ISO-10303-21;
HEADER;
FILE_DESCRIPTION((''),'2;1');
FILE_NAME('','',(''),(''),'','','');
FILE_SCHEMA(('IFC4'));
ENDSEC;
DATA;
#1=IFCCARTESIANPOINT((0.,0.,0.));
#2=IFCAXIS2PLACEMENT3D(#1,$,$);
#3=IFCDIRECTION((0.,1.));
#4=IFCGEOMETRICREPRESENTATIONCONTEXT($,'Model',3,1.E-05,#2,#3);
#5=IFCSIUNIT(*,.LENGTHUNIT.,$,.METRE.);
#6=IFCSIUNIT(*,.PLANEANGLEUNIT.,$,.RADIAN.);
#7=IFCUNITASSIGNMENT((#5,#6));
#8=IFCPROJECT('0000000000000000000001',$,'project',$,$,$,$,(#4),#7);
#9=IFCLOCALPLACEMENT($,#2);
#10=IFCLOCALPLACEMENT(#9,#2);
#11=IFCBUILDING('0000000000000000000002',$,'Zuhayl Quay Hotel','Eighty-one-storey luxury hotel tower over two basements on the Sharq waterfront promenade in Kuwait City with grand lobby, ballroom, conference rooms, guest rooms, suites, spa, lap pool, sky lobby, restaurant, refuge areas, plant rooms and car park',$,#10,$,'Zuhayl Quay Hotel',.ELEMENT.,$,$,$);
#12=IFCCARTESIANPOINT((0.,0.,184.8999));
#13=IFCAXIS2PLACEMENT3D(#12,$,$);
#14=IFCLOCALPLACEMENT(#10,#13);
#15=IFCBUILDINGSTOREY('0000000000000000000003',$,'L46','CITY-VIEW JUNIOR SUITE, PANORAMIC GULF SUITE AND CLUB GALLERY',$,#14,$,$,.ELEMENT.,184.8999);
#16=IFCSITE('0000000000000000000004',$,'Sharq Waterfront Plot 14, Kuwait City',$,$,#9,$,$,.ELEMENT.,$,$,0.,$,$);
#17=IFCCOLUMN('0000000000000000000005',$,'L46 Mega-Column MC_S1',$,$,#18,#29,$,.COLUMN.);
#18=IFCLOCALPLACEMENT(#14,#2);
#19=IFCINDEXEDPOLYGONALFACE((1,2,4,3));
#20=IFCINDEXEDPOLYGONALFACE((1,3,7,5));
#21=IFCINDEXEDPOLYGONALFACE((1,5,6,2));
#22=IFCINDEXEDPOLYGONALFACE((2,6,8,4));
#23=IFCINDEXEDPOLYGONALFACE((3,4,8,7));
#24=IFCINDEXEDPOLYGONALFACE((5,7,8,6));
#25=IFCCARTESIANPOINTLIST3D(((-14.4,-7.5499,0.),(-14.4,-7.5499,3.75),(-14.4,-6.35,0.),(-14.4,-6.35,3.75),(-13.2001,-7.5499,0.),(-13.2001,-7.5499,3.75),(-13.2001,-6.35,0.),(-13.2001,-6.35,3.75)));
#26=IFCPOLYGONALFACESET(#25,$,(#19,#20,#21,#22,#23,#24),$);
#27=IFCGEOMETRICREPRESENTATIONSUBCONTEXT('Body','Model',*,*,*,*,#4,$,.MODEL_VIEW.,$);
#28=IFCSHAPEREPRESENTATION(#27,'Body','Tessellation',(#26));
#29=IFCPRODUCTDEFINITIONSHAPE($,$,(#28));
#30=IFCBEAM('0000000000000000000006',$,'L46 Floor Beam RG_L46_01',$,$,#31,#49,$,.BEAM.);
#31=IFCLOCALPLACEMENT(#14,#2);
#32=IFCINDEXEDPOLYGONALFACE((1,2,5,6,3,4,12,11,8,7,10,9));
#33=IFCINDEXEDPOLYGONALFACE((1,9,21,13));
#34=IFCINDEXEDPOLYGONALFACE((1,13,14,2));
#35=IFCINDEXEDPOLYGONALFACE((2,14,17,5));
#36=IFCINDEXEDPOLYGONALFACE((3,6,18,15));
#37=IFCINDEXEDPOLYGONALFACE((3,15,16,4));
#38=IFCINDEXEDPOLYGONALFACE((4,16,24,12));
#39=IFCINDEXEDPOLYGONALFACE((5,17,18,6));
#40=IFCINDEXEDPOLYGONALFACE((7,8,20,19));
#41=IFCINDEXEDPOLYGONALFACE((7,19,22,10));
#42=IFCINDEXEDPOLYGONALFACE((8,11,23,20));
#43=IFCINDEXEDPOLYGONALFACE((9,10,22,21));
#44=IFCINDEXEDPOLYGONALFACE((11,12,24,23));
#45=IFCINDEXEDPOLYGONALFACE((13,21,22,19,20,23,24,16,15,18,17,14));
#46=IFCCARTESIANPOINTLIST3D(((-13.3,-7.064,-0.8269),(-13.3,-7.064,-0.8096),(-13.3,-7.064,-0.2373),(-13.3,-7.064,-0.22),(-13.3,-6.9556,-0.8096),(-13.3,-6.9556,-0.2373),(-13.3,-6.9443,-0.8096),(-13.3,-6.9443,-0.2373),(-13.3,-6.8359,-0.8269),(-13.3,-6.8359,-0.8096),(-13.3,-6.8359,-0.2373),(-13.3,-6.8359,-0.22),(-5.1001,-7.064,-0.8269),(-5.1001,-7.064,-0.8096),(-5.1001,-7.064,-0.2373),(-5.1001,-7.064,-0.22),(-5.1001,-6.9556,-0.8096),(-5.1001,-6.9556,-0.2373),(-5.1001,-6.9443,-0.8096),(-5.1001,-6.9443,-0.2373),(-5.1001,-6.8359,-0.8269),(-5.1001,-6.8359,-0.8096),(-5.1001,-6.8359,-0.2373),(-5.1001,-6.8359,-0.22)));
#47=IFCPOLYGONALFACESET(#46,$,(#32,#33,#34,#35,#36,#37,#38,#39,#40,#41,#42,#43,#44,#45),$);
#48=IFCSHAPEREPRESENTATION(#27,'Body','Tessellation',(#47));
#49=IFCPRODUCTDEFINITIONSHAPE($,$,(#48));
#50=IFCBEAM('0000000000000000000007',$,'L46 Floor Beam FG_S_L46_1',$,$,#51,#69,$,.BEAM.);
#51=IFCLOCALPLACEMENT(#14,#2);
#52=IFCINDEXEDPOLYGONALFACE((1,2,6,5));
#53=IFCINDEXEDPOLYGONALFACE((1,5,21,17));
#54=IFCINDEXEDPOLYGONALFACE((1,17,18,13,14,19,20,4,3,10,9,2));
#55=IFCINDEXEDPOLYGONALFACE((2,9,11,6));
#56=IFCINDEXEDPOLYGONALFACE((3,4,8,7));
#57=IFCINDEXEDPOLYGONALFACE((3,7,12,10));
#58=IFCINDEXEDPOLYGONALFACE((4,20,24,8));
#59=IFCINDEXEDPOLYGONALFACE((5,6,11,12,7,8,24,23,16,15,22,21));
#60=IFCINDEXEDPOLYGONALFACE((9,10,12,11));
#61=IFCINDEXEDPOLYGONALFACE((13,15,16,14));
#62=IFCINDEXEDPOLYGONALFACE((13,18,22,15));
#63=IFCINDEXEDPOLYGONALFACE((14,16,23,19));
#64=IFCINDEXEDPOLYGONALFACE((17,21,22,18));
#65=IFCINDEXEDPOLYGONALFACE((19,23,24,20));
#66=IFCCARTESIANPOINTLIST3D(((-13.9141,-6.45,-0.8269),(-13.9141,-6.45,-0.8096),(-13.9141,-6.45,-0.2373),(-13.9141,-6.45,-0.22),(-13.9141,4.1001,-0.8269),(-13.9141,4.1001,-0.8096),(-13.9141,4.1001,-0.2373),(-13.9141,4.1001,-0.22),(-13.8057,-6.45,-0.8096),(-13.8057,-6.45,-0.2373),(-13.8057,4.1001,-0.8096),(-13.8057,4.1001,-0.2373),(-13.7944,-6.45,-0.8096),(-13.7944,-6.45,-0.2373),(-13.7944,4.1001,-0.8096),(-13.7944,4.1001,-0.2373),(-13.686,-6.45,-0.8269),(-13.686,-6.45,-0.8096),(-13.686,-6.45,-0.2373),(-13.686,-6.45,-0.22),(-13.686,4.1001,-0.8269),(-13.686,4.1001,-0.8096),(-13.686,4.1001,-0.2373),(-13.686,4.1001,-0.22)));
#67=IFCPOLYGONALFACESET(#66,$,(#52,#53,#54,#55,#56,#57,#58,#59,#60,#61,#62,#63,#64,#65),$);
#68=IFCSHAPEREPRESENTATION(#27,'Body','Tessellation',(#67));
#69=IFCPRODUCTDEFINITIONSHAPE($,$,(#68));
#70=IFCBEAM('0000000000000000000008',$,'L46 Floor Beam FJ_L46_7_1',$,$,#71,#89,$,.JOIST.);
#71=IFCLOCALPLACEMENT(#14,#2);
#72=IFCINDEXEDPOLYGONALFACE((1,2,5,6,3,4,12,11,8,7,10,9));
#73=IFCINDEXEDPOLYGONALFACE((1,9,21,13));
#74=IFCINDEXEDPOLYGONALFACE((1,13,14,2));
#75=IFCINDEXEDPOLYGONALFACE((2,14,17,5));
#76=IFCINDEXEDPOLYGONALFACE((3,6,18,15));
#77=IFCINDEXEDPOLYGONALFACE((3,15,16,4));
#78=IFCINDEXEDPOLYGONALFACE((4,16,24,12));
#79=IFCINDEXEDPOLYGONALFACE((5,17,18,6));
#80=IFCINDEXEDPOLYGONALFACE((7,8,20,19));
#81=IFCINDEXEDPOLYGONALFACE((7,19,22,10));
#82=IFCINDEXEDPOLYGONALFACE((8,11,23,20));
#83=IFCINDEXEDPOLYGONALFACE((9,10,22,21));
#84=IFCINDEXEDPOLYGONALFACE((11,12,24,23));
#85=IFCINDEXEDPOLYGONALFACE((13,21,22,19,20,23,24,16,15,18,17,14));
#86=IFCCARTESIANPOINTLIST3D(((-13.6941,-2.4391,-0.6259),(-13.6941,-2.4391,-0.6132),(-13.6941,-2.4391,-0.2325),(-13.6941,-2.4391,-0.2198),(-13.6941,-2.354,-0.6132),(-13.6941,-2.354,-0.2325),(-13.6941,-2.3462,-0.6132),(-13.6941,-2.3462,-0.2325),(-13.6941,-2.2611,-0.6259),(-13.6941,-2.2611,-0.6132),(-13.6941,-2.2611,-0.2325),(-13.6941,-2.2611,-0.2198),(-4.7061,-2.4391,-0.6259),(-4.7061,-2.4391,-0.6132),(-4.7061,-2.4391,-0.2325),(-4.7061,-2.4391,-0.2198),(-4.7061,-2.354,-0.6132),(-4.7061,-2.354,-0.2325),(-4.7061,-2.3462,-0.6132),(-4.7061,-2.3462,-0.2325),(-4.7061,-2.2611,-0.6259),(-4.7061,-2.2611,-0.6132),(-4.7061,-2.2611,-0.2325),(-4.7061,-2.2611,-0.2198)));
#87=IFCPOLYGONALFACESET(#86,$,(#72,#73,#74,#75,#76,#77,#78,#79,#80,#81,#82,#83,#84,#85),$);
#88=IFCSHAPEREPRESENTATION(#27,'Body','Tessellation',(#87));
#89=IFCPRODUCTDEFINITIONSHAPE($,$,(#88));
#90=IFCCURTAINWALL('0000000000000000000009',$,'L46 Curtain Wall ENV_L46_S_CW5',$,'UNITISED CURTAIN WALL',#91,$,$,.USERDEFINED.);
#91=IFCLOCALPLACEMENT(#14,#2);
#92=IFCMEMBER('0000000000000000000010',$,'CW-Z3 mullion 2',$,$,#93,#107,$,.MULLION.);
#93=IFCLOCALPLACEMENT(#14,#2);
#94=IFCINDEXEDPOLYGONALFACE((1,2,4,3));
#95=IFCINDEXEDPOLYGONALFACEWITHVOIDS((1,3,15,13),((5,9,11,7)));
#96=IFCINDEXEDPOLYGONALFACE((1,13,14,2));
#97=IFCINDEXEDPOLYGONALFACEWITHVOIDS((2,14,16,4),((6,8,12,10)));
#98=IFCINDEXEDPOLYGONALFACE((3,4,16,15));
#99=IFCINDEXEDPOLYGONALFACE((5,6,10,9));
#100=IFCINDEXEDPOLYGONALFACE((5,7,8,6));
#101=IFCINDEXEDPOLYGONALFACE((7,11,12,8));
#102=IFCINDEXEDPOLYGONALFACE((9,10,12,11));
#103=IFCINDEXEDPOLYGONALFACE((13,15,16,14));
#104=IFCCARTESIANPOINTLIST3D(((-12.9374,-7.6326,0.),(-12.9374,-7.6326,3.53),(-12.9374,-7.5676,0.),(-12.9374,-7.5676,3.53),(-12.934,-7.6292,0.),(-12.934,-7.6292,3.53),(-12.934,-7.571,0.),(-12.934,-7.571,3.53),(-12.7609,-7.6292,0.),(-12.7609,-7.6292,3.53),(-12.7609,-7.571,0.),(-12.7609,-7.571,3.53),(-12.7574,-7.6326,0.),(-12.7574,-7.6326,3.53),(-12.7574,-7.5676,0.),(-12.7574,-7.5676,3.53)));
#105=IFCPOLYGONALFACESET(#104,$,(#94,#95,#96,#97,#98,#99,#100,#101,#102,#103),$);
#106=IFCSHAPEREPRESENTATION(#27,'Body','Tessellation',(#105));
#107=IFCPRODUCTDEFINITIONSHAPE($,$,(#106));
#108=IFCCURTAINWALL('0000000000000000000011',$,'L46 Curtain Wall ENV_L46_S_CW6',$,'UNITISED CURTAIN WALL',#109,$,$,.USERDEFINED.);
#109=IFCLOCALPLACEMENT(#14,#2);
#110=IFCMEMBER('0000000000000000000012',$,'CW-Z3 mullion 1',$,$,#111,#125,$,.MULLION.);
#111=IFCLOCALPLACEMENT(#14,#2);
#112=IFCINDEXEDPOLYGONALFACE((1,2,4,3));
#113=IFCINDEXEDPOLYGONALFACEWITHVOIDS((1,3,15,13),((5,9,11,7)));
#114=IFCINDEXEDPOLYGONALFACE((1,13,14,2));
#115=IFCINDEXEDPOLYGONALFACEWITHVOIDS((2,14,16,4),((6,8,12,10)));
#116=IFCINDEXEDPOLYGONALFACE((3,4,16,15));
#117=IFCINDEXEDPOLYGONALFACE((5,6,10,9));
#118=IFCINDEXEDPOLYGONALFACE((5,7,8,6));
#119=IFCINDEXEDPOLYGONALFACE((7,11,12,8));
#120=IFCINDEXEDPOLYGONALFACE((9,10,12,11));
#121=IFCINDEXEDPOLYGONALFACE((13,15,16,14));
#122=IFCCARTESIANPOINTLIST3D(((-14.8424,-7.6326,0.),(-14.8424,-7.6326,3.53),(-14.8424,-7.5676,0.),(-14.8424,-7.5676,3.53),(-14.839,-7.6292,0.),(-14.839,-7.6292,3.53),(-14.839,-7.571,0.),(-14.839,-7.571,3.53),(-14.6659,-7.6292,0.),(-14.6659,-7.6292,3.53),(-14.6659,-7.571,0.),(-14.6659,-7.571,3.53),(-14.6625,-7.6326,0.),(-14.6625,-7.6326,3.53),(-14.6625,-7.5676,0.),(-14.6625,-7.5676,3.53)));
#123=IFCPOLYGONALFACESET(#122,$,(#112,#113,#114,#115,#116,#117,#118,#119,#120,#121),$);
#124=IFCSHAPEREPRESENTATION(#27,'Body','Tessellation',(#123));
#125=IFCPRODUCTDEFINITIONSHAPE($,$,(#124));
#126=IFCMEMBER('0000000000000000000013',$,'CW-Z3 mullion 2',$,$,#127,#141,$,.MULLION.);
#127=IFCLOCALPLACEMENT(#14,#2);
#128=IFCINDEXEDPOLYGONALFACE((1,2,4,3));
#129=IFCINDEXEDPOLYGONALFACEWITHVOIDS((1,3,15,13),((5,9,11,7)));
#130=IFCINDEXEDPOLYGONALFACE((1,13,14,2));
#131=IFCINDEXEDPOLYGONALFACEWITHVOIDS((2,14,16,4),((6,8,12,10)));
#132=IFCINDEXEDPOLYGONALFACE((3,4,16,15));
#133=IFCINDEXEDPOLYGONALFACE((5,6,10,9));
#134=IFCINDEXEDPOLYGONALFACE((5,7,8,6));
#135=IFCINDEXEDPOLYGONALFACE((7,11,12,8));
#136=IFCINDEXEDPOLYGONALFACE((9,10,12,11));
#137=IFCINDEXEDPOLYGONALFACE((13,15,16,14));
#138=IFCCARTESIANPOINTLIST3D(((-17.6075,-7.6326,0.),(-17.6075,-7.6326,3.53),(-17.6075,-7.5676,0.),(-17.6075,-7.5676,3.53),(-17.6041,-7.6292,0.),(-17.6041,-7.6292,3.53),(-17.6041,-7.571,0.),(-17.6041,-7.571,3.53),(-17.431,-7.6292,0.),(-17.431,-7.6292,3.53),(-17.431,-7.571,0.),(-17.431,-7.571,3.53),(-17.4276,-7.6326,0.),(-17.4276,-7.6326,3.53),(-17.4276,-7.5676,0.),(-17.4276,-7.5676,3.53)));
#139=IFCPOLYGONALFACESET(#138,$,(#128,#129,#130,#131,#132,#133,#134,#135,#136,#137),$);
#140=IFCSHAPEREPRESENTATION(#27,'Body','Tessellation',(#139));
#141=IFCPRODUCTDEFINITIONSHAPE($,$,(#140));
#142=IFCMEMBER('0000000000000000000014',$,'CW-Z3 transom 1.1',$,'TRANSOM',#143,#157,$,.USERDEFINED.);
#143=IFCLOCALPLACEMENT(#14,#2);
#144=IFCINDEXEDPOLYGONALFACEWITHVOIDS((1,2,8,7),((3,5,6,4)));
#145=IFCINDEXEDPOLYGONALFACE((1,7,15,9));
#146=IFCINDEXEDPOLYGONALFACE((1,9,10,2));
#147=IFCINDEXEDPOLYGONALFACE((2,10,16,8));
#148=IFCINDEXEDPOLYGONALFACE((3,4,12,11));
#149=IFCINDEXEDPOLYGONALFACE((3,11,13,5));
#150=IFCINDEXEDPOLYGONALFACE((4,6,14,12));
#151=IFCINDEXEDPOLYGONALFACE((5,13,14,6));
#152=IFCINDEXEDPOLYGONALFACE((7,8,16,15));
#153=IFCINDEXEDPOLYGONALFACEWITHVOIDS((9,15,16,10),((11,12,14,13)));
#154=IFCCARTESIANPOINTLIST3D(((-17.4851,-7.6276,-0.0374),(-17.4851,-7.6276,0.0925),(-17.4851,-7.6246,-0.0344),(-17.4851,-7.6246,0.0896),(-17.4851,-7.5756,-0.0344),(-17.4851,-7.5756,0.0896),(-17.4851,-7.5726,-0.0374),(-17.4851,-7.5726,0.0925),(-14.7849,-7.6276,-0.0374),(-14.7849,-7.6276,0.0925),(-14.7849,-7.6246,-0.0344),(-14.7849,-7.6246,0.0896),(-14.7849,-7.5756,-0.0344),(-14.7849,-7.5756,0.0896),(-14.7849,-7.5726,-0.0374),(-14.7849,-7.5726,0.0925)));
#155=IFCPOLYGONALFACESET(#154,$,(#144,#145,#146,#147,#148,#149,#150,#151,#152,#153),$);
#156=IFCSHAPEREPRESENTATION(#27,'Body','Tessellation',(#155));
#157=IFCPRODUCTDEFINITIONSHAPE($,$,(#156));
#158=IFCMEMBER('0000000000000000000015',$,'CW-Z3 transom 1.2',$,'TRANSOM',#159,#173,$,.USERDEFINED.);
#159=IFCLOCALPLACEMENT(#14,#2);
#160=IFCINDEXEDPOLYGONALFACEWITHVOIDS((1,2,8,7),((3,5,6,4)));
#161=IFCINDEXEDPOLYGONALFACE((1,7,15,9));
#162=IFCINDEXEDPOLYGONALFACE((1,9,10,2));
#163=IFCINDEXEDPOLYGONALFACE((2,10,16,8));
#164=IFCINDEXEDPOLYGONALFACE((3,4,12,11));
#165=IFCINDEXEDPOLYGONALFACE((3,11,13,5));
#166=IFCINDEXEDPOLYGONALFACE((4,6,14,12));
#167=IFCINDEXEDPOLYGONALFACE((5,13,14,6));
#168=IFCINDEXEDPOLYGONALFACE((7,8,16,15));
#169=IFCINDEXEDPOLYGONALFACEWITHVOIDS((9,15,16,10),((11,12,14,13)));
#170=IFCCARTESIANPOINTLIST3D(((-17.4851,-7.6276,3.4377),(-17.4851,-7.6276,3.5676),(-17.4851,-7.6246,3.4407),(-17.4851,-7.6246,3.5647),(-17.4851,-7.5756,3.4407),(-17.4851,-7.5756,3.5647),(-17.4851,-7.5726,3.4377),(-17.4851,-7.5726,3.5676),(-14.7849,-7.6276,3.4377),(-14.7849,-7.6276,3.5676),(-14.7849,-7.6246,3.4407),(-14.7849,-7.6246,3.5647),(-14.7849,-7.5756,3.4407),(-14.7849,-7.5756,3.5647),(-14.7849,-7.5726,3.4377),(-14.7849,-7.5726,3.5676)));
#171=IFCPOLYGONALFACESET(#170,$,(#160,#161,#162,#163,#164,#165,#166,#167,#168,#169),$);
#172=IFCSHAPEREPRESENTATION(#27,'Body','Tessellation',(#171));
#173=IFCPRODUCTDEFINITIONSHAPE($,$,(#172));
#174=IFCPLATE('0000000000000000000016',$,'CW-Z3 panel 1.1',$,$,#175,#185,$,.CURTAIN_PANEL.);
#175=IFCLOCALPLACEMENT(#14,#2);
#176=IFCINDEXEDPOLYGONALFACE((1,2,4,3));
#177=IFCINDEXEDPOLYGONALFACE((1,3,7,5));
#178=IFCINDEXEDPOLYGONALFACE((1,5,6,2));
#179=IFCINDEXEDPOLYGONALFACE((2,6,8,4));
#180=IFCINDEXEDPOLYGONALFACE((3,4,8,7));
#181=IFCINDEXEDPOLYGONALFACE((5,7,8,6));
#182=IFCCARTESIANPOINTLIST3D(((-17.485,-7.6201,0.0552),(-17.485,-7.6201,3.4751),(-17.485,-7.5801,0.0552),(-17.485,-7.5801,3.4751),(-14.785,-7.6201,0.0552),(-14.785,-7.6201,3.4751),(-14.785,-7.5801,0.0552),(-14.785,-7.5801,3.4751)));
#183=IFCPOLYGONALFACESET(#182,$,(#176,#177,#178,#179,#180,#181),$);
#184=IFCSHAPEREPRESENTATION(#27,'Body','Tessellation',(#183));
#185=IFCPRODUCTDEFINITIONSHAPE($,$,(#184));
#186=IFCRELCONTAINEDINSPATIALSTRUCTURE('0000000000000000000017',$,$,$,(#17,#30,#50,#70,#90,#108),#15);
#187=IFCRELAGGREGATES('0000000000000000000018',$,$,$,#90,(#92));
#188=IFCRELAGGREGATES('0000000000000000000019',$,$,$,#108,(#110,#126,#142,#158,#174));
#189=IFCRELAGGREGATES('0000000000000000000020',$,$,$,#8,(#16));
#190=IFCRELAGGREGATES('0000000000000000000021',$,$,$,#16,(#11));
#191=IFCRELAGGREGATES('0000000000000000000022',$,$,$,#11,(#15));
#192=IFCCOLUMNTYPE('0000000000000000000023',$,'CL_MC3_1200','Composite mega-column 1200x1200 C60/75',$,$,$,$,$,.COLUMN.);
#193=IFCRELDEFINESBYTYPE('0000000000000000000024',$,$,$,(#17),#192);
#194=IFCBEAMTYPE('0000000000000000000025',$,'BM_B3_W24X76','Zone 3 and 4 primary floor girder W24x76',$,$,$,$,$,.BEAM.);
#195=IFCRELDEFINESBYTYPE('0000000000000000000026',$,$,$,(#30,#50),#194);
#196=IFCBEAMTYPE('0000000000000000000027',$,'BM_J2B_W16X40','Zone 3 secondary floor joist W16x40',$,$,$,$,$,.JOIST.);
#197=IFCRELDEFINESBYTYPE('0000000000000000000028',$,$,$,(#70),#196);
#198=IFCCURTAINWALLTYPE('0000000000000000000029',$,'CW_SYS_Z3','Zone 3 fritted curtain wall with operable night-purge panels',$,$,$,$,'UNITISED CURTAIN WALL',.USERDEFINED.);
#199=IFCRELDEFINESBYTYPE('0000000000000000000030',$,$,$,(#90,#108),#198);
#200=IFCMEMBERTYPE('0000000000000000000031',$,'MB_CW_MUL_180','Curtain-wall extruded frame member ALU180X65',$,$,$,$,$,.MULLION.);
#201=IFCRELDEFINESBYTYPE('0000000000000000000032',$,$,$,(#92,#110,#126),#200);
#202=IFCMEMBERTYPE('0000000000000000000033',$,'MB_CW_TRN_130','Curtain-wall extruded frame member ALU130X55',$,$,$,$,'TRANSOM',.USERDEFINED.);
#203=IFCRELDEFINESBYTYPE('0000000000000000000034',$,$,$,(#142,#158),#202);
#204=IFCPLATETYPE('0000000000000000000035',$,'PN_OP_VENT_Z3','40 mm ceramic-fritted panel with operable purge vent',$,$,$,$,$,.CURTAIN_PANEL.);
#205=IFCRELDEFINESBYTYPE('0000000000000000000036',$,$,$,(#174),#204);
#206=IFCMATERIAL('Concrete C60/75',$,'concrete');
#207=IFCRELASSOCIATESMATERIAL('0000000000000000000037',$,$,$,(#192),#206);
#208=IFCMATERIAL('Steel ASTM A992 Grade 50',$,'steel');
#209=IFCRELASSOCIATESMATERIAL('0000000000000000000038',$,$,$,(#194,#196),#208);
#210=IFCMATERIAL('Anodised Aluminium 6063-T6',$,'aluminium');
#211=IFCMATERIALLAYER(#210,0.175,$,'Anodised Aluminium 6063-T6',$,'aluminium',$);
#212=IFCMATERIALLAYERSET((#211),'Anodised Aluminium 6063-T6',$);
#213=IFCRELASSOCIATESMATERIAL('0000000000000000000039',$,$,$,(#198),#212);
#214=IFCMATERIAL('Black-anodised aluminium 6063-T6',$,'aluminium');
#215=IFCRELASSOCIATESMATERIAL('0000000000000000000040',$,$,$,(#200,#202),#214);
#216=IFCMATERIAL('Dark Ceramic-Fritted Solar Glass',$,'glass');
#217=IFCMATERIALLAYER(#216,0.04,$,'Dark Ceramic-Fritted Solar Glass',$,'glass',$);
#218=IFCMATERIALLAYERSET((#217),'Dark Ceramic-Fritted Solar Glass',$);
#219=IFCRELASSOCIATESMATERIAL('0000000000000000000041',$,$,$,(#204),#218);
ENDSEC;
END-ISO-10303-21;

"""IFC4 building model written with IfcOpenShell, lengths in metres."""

from ifc_helpers import new_model, si_unit, direction, frame, origin, origin_2d, place, context, subcontext, project, spatial, rectangle, hollow_rectangle, i_section, extrude, material, layer, layer_set, material_profile, profile_set, type_object, element, aggregate, save


model = new_model("IFC4")

# Units and contexts
model_context = context("Model", 3, precision=1e-05, world=origin(), true_north=direction((0.0, 1.0)))
body_context = subcontext(model_context, "Body", "Model", "MODEL_VIEW")
ifc_project = project(units=[si_unit("LENGTHUNIT", "METRE"), si_unit("PLANEANGLEUNIT", "RADIAN")], contexts=[model_context])

# Site, building, storey
site_placement = place(None, origin())
site = spatial("IfcSite", under=ifc_project, at=site_placement, Name="Sharq Waterfront Plot 14, Kuwait City", CompositionType="ELEMENT", RefElevation=0.0)
building_placement = place(site_placement, origin())
building = spatial("IfcBuilding", under=site, at=building_placement, Name="Zuhayl Quay Hotel", Description="Eighty-one-storey luxury hotel tower over two basements on the Sharq waterfront promenade in Kuwait City with grand lobby, ballroom, conference rooms, guest rooms, suites, spa, lap pool, sky lobby, restaurant, refuge areas, plant rooms and car park", LongName="Zuhayl Quay Hotel", CompositionType="ELEMENT")
storey_placement = place(building_placement, frame((0.0, 0.0, 184.8999)))
storey = spatial("IfcBuildingStorey", under=building, at=storey_placement, Name="L46", Description="CITY-VIEW JUNIOR SUITE, PANORAMIC GULF SUITE AND CLUB GALLERY", CompositionType="ELEMENT", Elevation=184.8999)

# Column
ifc_material_1 = material(Name="Concrete C60/75", Category="concrete")
ifc_material_profile_1 = material_profile(ifc_material_1, rectangle(XDim=1.2, YDim=1.2, at=origin_2d()), Name="RC1200X1200")
ifc_profile_set_1 = profile_set([ifc_material_profile_1], Name="Concrete C60/75")
column_type = type_object("IfcColumnType", Name="CL_MC3_1200", Description="Composite mega-column 1200x1200 C60/75", PredefinedType="COLUMN", material=ifc_profile_set_1)
column_placement = place(storey_placement, frame((-13.8, -6.95, 0.0), z_axis=(0.0, 0.0, 1.0), x_axis=(1.0, 0.0, 0.0)))
element("IfcColumn", 1, at=column_placement, inside=storey, type_object=column_type, Name="L46 Mega-Column MC_S1", PredefinedType="COLUMN", context=body_context, shape_type="SweptSolid", body=[
    extrude(rectangle(XDim=1.2, YDim=1.2, at=origin_2d()), origin(), (0.0, 0.0, 1.0), 3.75),
])

# Beams
ifc_material_2 = material(Name="Steel ASTM A992 Grade 50", Category="steel")
ifc_material_profile_2 = material_profile(ifc_material_2, i_section(OverallWidth=0.228, OverallDepth=0.6069, WebThickness=0.0112, FlangeThickness=0.0173, at=origin_2d()), Name="W24X76")
ifc_profile_set_2 = profile_set([ifc_material_profile_2], Name="Steel ASTM A992 Grade 50")
beam_type_1 = type_object("IfcBeamType", Name="BM_B3_W24X76", Description="Zone 3 and 4 primary floor girder W24x76", PredefinedType="BEAM", material=ifc_profile_set_2)
beam_1_placement = place(storey_placement, frame((-13.3, -6.95, -0.5234), z_axis=(1.0, 0.0, 0.0), x_axis=(0.0, 1.0, 0.0)))
element("IfcBeam", 2, at=beam_1_placement, inside=storey, type_object=beam_type_1, Name="L46 Floor Beam RG_L46_01", PredefinedType="BEAM", context=body_context, shape_type="SweptSolid", body=[
    extrude(i_section(OverallWidth=0.228, OverallDepth=0.6069, WebThickness=0.0112, FlangeThickness=0.0173, at=origin_2d()), origin(), (0.0, 0.0, 1.0), 8.2),
])
beam_2_placement = place(storey_placement, frame((-13.8, -6.45, -0.5234), z_axis=(0.0, 1.0, 0.0), x_axis=(-1.0, 0.0, 0.0)))
element("IfcBeam", 3, at=beam_2_placement, inside=storey, type_object=beam_type_1, Name="L46 Floor Beam FG_S_L46_1", PredefinedType="BEAM", context=body_context, shape_type="SweptSolid", body=[
    extrude(i_section(OverallWidth=0.228, OverallDepth=0.6069, WebThickness=0.0112, FlangeThickness=0.0173, at=origin_2d()), origin(), (0.0, 0.0, 1.0), 10.55),
])
ifc_material_profile_3 = material_profile(ifc_material_2, i_section(OverallWidth=0.178, OverallDepth=0.406, WebThickness=0.0078, FlangeThickness=0.0127, at=origin_2d()), Name="W16X40")
ifc_profile_set_3 = profile_set([ifc_material_profile_3], Name="Steel ASTM A992 Grade 50")
beam_type_2 = type_object("IfcBeamType", Name="BM_J2B_W16X40", Description="Zone 3 secondary floor joist W16x40", PredefinedType="JOIST", material=ifc_profile_set_3)
beam_3_placement = place(storey_placement, frame((-13.6941, -2.3501, -0.4229), z_axis=(1.0, 0.0, 0.0), x_axis=(0.0, 1.0, 0.0)))
element("IfcBeam", 4, at=beam_3_placement, inside=storey, type_object=beam_type_2, Name="L46 Floor Beam FJ_L46_7_1", PredefinedType="JOIST", context=body_context, shape_type="SweptSolid", body=[
    extrude(i_section(OverallWidth=0.178, OverallDepth=0.406, WebThickness=0.0078, FlangeThickness=0.0127, at=origin_2d()), origin(), (0.0, 0.0, 1.0), 8.988),
])

# Curtain wall, member
ifc_material_3 = material(Name="Anodised Aluminium 6063-T6", Category="aluminium")
ifc_layer_1 = layer(ifc_material_3, 0.175, Name="Anodised Aluminium 6063-T6", Category="aluminium")
ifc_layer_set_1 = layer_set([ifc_layer_1], Name="Anodised Aluminium 6063-T6")
curtain_wall_type = type_object("IfcCurtainWallType", Name="CW_SYS_Z3", Description="Zone 3 fritted curtain wall with operable night-purge panels", ElementType="UNITISED CURTAIN WALL", PredefinedType="USERDEFINED", material=ifc_layer_set_1)
curtain_wall_1_placement = place(storey_placement, origin())
curtain_wall_1 = element("IfcCurtainWall", 5, at=curtain_wall_1_placement, inside=storey, type_object=curtain_wall_type, Name="L46 Curtain Wall ENV_L46_S_CW5", ObjectType="UNITISED CURTAIN WALL", PredefinedType="USERDEFINED")
ifc_material_4 = material(Name="Black-anodised aluminium 6063-T6", Category="aluminium")
ifc_material_profile_4 = material_profile(ifc_material_4, hollow_rectangle(XDim=0.0649, YDim=0.1799, WallThickness=0.0034, at=origin_2d()), Name="ALU180X65")
ifc_profile_set_4 = profile_set([ifc_material_profile_4], Name="Black-anodised aluminium 6063-T6")
member_type_1 = type_object("IfcMemberType", Name="MB_CW_MUL_180", Description="Curtain-wall extruded frame member ALU180X65", PredefinedType="MULLION", material=ifc_profile_set_4)
member_1_placement = place(storey_placement, frame((-12.8474, -7.6001, 0.0), z_axis=(0.0, 0.0, 1.0), x_axis=(0.0, -1.0, 0.0)))
member_1 = element("IfcMember", 6, at=member_1_placement, type_object=member_type_1, Name="CW-Z3 mullion 2", PredefinedType="MULLION", context=body_context, shape_type="SweptSolid", body=[
    extrude(hollow_rectangle(XDim=0.0649, YDim=0.1799, WallThickness=0.0034, at=origin_2d()), origin(), (0.0, 0.0, 1.0), 3.53),
])
aggregate(curtain_wall_1, [member_1])

# Curtain wall, members, plate
curtain_wall_2_placement = place(storey_placement, origin())
curtain_wall_2 = element("IfcCurtainWall", 7, at=curtain_wall_2_placement, inside=storey, type_object=curtain_wall_type, Name="L46 Curtain Wall ENV_L46_S_CW6", ObjectType="UNITISED CURTAIN WALL", PredefinedType="USERDEFINED")
member_2_placement = place(storey_placement, frame((-14.7524, -7.6001, 0.0), z_axis=(0.0, 0.0, 1.0), x_axis=(0.0, -1.0, 0.0)))
member_2 = element("IfcMember", 8, at=member_2_placement, type_object=member_type_1, Name="CW-Z3 mullion 1", PredefinedType="MULLION", context=body_context, shape_type="SweptSolid", body=[
    extrude(hollow_rectangle(XDim=0.0649, YDim=0.1799, WallThickness=0.0034, at=origin_2d()), origin(), (0.0, 0.0, 1.0), 3.53),
])
member_3_placement = place(storey_placement, frame((-17.5176, -7.6001, 0.0), z_axis=(0.0, 0.0, 1.0), x_axis=(0.0, -1.0, 0.0)))
member_3 = element("IfcMember", 9, at=member_3_placement, type_object=member_type_1, Name="CW-Z3 mullion 2", PredefinedType="MULLION", context=body_context, shape_type="SweptSolid", body=[
    extrude(hollow_rectangle(XDim=0.0649, YDim=0.1799, WallThickness=0.0034, at=origin_2d()), origin(), (0.0, 0.0, 1.0), 3.53),
])
ifc_material_profile_5 = material_profile(ifc_material_4, hollow_rectangle(XDim=0.0549, YDim=0.1299, WallThickness=0.0029, at=origin_2d()), Name="ALU130X55")
ifc_profile_set_5 = profile_set([ifc_material_profile_5], Name="Black-anodised aluminium 6063-T6")
member_type_2 = type_object("IfcMemberType", Name="MB_CW_TRN_130", Description="Curtain-wall extruded frame member ALU130X55", ElementType="TRANSOM", PredefinedType="USERDEFINED", material=ifc_profile_set_5)
member_4_placement = place(storey_placement, frame((-14.7849, -7.6001, 0.0276), z_axis=(-1.0, 0.0, 0.0), x_axis=(0.0, -1.0, 0.0)))
member_4 = element("IfcMember", 10, at=member_4_placement, type_object=member_type_2, Name="CW-Z3 transom 1.1", ObjectType="TRANSOM", PredefinedType="USERDEFINED", context=body_context, shape_type="SweptSolid", body=[
    extrude(hollow_rectangle(XDim=0.0549, YDim=0.1299, WallThickness=0.0029, at=origin_2d()), origin(), (0.0, 0.0, 1.0), 2.7002),
])
member_5_placement = place(storey_placement, frame((-14.7849, -7.6001, 3.5027), z_axis=(-1.0, 0.0, 0.0), x_axis=(0.0, -1.0, 0.0)))
member_5 = element("IfcMember", 11, at=member_5_placement, type_object=member_type_2, Name="CW-Z3 transom 1.2", ObjectType="TRANSOM", PredefinedType="USERDEFINED", context=body_context, shape_type="SweptSolid", body=[
    extrude(hollow_rectangle(XDim=0.0549, YDim=0.1299, WallThickness=0.0029, at=origin_2d()), origin(), (0.0, 0.0, 1.0), 2.7002),
])
ifc_material_5 = material(Name="Dark Ceramic-Fritted Solar Glass", Category="glass")
ifc_layer_2 = layer(ifc_material_5, 0.04, Name="Dark Ceramic-Fritted Solar Glass", Category="glass")
ifc_layer_set_2 = layer_set([ifc_layer_2], Name="Dark Ceramic-Fritted Solar Glass")
plate_type = type_object("IfcPlateType", Name="PN_OP_VENT_Z3", Description="40 mm ceramic-fritted panel with operable purge vent", PredefinedType="CURTAIN_PANEL", material=ifc_layer_set_2)
plate_placement = place(storey_placement, frame((-16.135, -7.6001, 0.0552), z_axis=(0.0, 0.0, 1.0), x_axis=(-1.0, 0.0, 0.0)))
plate = element("IfcPlate", 12, at=plate_placement, type_object=plate_type, Name="CW-Z3 panel 1.1", PredefinedType="CURTAIN_PANEL", context=body_context, shape_type="SweptSolid", body=[
    extrude(rectangle(XDim=2.7, YDim=0.04, at=origin_2d()), origin(), (0.0, 0.0, 1.0), 3.4199),
])
aggregate(curtain_wall_2, [member_2, member_3, member_4, member_5, plate])

save(model, "model.ifc")
